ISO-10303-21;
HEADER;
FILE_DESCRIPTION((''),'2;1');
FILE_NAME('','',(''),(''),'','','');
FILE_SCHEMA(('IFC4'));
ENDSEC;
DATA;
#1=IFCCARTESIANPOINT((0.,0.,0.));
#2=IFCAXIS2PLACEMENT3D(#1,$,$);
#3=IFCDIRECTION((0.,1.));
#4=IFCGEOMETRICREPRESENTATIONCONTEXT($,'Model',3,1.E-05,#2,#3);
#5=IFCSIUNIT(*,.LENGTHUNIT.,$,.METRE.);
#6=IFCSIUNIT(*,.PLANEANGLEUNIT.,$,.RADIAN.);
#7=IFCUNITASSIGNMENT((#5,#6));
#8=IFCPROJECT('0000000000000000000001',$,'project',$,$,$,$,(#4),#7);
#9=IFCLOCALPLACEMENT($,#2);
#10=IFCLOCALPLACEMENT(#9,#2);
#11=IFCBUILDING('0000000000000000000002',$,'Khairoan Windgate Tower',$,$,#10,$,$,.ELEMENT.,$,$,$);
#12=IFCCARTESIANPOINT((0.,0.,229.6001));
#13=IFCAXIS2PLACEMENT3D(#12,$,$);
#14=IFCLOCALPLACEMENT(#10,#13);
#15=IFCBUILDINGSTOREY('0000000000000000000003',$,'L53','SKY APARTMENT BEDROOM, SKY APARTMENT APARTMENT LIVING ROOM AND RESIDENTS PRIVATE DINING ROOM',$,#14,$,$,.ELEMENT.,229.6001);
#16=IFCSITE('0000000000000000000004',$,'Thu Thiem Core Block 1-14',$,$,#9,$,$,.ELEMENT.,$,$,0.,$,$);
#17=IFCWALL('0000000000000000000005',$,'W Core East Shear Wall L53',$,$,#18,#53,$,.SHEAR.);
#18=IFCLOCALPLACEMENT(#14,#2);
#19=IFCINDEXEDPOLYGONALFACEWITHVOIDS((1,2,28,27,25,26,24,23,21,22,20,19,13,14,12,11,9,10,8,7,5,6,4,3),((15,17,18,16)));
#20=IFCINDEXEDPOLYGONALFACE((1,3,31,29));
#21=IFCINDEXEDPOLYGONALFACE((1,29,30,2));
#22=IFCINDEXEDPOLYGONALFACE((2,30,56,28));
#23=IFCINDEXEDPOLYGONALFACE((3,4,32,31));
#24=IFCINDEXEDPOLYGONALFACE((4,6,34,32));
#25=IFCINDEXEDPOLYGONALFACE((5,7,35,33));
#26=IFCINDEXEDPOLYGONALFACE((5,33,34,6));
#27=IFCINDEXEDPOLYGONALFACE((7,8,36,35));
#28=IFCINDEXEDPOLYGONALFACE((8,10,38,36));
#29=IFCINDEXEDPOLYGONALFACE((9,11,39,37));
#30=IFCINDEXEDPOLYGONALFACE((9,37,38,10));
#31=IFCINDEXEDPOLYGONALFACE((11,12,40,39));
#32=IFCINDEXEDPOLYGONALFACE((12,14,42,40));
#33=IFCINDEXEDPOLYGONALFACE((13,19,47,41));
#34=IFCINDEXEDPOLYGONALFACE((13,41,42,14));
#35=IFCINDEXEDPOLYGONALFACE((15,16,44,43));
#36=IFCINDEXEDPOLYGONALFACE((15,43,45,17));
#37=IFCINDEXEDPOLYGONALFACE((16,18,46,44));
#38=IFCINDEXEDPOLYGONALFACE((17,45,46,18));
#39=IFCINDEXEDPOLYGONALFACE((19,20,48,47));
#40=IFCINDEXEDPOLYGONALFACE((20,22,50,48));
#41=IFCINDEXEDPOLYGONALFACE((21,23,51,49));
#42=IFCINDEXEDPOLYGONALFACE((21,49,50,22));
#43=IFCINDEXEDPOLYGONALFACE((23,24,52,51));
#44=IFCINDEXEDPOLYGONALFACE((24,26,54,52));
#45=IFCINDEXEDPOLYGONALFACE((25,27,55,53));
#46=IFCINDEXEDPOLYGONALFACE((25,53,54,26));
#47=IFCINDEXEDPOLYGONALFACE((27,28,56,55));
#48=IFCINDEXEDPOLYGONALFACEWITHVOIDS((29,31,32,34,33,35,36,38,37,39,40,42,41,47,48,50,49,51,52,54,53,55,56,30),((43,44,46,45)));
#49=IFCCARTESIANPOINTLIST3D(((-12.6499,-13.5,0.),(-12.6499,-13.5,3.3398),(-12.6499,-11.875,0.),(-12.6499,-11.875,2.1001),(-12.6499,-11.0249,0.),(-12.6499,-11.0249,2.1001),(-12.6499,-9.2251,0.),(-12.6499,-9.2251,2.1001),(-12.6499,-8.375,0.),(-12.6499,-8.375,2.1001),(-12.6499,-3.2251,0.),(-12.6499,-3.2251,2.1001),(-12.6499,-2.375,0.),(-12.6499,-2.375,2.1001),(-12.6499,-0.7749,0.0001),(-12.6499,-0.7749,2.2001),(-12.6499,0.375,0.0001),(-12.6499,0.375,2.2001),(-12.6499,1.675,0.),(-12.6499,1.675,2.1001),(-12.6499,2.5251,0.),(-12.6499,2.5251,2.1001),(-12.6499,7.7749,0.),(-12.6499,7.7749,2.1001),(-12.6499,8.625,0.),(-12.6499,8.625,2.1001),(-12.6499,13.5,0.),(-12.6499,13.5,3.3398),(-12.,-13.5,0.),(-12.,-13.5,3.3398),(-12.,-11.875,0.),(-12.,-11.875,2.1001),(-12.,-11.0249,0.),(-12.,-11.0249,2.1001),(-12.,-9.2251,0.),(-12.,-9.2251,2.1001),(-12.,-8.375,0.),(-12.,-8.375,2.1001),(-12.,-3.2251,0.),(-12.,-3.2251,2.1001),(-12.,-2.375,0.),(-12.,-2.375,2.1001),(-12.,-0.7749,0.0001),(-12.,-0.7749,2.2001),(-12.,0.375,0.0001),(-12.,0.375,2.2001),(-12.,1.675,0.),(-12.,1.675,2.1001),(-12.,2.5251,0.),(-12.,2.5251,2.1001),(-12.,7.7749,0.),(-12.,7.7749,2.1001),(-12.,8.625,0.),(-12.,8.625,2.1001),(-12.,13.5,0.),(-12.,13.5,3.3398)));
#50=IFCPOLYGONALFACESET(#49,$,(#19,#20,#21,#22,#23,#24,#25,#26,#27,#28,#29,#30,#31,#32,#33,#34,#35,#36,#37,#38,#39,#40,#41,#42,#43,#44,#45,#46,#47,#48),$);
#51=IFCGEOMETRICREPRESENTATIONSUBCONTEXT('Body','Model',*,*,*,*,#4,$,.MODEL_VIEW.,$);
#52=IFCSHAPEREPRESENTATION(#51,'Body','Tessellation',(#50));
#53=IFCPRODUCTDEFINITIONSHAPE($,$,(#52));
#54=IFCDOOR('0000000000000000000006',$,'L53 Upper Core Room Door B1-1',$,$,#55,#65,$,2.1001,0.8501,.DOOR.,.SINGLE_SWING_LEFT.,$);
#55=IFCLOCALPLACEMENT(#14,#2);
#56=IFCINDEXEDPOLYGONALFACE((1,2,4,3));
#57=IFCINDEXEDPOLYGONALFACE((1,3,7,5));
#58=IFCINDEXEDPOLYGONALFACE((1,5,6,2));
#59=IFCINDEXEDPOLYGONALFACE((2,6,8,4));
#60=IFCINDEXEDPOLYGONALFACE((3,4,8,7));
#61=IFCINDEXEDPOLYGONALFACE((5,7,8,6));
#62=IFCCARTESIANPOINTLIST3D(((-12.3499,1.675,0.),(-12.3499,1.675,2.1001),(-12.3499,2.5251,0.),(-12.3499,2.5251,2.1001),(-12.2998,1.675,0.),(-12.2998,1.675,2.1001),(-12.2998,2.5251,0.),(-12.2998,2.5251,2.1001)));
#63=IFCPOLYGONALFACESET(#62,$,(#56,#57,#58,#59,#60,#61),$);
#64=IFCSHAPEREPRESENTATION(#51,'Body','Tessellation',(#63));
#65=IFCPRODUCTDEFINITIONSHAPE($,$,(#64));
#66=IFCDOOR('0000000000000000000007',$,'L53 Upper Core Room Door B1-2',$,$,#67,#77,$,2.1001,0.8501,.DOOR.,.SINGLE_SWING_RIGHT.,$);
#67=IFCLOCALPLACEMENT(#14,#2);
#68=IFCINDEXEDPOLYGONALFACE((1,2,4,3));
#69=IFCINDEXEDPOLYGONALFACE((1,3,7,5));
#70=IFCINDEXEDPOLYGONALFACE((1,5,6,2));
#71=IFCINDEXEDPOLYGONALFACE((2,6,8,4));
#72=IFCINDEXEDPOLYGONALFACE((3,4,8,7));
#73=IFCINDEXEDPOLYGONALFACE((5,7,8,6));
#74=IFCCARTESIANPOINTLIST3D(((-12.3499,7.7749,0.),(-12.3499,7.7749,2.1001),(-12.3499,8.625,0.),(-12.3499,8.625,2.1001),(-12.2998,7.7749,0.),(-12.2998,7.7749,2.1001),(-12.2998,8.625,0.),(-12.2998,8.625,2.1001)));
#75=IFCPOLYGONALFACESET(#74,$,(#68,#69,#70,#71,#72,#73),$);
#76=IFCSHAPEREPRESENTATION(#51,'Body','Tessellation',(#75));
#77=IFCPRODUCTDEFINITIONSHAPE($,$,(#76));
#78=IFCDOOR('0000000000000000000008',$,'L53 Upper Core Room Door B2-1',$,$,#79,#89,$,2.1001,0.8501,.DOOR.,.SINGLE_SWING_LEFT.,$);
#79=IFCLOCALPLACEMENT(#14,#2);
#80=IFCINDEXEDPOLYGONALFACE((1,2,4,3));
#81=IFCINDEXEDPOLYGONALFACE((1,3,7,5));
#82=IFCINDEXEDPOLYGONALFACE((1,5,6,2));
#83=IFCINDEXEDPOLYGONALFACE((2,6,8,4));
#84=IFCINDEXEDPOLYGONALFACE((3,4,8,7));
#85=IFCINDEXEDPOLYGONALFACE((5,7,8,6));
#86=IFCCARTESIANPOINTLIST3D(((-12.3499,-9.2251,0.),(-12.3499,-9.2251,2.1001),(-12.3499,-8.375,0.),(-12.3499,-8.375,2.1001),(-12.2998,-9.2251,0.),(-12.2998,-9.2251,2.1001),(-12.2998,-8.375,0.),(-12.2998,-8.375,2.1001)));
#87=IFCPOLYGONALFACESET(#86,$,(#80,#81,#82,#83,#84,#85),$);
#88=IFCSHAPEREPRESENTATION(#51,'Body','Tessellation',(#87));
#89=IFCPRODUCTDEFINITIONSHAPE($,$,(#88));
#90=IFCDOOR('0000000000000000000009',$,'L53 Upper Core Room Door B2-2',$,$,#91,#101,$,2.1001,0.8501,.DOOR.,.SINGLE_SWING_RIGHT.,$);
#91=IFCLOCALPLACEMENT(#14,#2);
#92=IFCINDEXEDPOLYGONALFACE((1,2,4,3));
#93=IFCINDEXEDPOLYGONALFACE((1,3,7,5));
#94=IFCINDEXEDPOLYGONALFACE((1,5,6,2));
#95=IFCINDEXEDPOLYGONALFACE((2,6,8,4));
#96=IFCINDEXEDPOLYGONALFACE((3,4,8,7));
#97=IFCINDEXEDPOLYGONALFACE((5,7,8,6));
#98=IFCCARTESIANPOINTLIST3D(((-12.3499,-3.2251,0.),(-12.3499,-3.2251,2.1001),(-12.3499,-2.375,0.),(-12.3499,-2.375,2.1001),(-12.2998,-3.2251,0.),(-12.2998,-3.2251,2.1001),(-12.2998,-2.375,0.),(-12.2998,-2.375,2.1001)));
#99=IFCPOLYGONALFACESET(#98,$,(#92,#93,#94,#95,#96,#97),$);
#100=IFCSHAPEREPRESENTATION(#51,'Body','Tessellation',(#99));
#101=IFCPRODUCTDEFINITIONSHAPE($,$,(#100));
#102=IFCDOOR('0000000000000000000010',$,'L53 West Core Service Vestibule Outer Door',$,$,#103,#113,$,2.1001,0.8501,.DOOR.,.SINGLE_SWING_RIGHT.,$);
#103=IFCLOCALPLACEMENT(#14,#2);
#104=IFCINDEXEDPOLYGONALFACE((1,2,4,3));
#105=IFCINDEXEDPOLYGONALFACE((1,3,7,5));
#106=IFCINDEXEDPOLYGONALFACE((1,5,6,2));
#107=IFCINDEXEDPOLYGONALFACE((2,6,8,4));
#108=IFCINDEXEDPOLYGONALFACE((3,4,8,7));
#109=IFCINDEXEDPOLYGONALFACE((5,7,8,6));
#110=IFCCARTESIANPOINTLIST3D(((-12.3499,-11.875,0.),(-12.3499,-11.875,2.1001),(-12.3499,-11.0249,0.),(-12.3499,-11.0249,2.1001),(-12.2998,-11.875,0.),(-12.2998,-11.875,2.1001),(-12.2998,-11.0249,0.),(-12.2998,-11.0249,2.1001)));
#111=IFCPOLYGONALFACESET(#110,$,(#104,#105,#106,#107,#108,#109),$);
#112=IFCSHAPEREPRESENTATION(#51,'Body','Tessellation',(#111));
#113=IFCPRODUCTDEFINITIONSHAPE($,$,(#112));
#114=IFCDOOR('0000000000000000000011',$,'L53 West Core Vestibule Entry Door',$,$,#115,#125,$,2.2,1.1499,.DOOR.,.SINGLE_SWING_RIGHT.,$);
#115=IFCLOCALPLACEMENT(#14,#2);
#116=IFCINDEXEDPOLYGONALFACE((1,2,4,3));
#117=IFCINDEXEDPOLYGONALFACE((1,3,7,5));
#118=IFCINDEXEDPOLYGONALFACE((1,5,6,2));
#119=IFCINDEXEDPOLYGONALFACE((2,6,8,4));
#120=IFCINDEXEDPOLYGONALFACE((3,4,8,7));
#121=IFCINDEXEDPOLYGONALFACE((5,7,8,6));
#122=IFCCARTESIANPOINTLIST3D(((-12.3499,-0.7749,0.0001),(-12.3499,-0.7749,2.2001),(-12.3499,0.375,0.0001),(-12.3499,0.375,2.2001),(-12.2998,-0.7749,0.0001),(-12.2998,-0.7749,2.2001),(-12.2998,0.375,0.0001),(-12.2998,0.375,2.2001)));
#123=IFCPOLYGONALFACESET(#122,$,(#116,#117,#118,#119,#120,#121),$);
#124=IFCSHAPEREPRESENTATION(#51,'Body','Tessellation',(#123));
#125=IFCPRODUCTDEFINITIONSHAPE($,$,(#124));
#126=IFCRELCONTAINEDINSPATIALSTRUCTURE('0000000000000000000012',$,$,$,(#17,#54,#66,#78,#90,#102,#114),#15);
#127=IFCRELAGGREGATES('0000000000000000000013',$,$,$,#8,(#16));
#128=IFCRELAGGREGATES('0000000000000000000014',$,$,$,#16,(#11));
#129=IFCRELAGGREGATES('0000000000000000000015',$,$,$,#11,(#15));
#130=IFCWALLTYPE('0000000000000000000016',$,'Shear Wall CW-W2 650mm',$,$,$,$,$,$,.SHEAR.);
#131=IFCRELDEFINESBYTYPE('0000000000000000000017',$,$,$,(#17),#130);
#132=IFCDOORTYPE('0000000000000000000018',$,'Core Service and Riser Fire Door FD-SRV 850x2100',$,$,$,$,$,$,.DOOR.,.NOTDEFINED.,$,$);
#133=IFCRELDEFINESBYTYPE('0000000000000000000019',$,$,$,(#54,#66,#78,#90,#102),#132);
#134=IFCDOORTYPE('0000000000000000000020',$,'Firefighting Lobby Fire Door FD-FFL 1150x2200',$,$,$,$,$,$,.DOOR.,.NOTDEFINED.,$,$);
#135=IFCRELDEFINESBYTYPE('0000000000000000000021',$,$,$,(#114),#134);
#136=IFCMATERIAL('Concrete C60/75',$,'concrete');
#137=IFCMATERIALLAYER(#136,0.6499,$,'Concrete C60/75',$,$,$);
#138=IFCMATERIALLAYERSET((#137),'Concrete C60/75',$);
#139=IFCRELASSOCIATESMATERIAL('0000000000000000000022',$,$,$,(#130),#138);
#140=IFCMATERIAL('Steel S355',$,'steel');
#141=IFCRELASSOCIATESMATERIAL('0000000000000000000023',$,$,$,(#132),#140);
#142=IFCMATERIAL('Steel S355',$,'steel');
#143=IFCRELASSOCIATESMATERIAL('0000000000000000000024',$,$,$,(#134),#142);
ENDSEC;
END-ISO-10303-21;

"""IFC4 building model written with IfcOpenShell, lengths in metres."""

from ifc_helpers import new_model, si_unit, direction, frame, frame_2d, origin, place, context, subcontext, project, spatial, rectangle, extrude, material, layer, layer_set, type_object, element, fill, save


model = new_model("IFC4")

# Units and contexts
model_context = context("Model", 3, precision=1e-05, world=origin(), true_north=direction((0.0, 1.0)))
body_context = subcontext(model_context, "Body", "Model", "MODEL_VIEW")
ifc_project = project(units=[si_unit("LENGTHUNIT", "METRE"), si_unit("PLANEANGLEUNIT", "RADIAN")], contexts=[model_context])

# Site, building, storey
site_placement = place(None, origin())
site = spatial("IfcSite", under=ifc_project, at=site_placement, Name="Thu Thiem Core Block 1-14", CompositionType="ELEMENT", RefElevation=0.0)
building_placement = place(site_placement, origin())
building = spatial("IfcBuilding", under=site, at=building_placement, Name="Khairoan Windgate Tower", CompositionType="ELEMENT")
storey_placement = place(building_placement, frame((0.0, 0.0, 229.6001)))
storey = spatial("IfcBuildingStorey", under=building, at=storey_placement, Name="L53", Description="SKY APARTMENT BEDROOM, SKY APARTMENT APARTMENT LIVING ROOM AND RESIDENTS PRIVATE DINING ROOM", CompositionType="ELEMENT", Elevation=229.6001)

# Wall, openings, doors
ifc_material_1 = material(Name="Concrete C60/75", Category="concrete")
ifc_layer_1 = layer(ifc_material_1, 0.6499, Name="Concrete C60/75")
ifc_layer_set_1 = layer_set([ifc_layer_1], Name="Concrete C60/75")
wall_type_1 = type_object("IfcWallType", Name="Shear Wall CW-W2 650mm", PredefinedType="SHEAR", material=ifc_layer_set_1)
wall_1_placement = place(storey_placement, frame((-12.325, -13.5, 0.0), z_axis=(0.0, 0.0, 1.0), x_axis=(0.0, 1.0, 0.0)))
wall_1 = element("IfcWall", 1, at=wall_1_placement, inside=storey, type_object=wall_type_1, Name="W Core East Shear Wall L53", PredefinedType="SHEAR", context=body_context, shape_type="SweptSolid", body=[
    extrude(rectangle(XDim=27.0, YDim=0.6499, at=frame_2d((13.5, 0.0))), origin(), (0.0, 0.0, 1.0), 3.3398),
])
opening_1_placement = place(wall_1_placement, frame((15.175, 0.0, 0.0)))
opening_1 = element("IfcOpeningElement", 2, at=opening_1_placement, cuts=wall_1, PredefinedType="OPENING", context=body_context, shape_type="SweptSolid", body=[
    extrude(rectangle(XDim=0.8501, YDim=2.1001, at=frame_2d((0.425, 1.05))), frame((0.0, 0.335, 0.0), z_axis=(0.0, -1.0, 0.0), x_axis=(1.0, 0.0, 0.0)), (0.0, 0.0, 1.0), 0.6699),
])
opening_2_placement = place(wall_1_placement, frame((21.2749, 0.0, 0.0)))
opening_2 = element("IfcOpeningElement", 3, at=opening_2_placement, cuts=wall_1, PredefinedType="OPENING", context=body_context, shape_type="SweptSolid", body=[
    extrude(rectangle(XDim=0.8501, YDim=2.1001, at=frame_2d((0.425, 1.05))), frame((0.0, 0.335, 0.0), z_axis=(0.0, -1.0, 0.0), x_axis=(1.0, 0.0, 0.0)), (0.0, 0.0, 1.0), 0.6699),
])
opening_3_placement = place(wall_1_placement, frame((4.2749, 0.0, 0.0)))
opening_3 = element("IfcOpeningElement", 4, at=opening_3_placement, cuts=wall_1, PredefinedType="OPENING", context=body_context, shape_type="SweptSolid", body=[
    extrude(rectangle(XDim=0.8501, YDim=2.1001, at=frame_2d((0.425, 1.05))), frame((0.0, 0.335, 0.0), z_axis=(0.0, -1.0, 0.0), x_axis=(1.0, 0.0, 0.0)), (0.0, 0.0, 1.0), 0.6699),
])
opening_4_placement = place(wall_1_placement, frame((10.2749, 0.0, 0.0)))
opening_4 = element("IfcOpeningElement", 5, at=opening_4_placement, cuts=wall_1, PredefinedType="OPENING", context=body_context, shape_type="SweptSolid", body=[
    extrude(rectangle(XDim=0.8501, YDim=2.1001, at=frame_2d((0.425, 1.05))), frame((0.0, 0.335, 0.0), z_axis=(0.0, -1.0, 0.0), x_axis=(1.0, 0.0, 0.0)), (0.0, 0.0, 1.0), 0.6699),
])
opening_5_placement = place(wall_1_placement, frame((12.7251, 0.0, 0.0)))
opening_5 = element("IfcOpeningElement", 6, at=opening_5_placement, cuts=wall_1, PredefinedType="OPENING", context=body_context, shape_type="SweptSolid", body=[
    extrude(rectangle(XDim=1.1499, YDim=2.2, at=frame_2d((0.575, 1.1001))), frame((0.0, 0.335, 0.0), z_axis=(0.0, -1.0, 0.0), x_axis=(1.0, 0.0, 0.0)), (0.0, 0.0, 1.0), 0.6699),
])
opening_6_placement = place(wall_1_placement, frame((1.625, 0.0, 0.0)))
opening_6 = element("IfcOpeningElement", 7, at=opening_6_placement, cuts=wall_1, PredefinedType="OPENING", context=body_context, shape_type="SweptSolid", body=[
    extrude(rectangle(XDim=0.8501, YDim=2.1001, at=frame_2d((0.425, 1.05))), frame((0.0, 0.335, 0.0), z_axis=(0.0, -1.0, 0.0), x_axis=(1.0, 0.0, 0.0)), (0.0, 0.0, 1.0), 0.6699),
])
ifc_material_2 = material(Name="Steel S355", Category="steel")
door_type_1 = type_object("IfcDoorType", Name="Core Service and Riser Fire Door FD-SRV 850x2100", OperationType="NOTDEFINED", PredefinedType="DOOR", material=ifc_material_2)
door_1_placement = place(opening_1_placement, origin())
door_1 = element("IfcDoor", 8, at=door_1_placement, inside=storey, type_object=door_type_1, Name="L53 Upper Core Room Door B1-1", OperationType="SINGLE_SWING_LEFT", OverallHeight=2.1001, OverallWidth=0.8501, PredefinedType="DOOR", context=body_context, shape_type="SweptSolid", body=[
    extrude(rectangle(XDim=0.8501, YDim=2.1001, at=frame_2d((0.425, 1.05))), frame((0.0, 0.0249, 0.0), z_axis=(0.0, -1.0, 0.0), x_axis=(1.0, 0.0, 0.0)), (0.0, 0.0, 1.0), 0.05),
])
fill(opening_1, door_1)
door_2_placement = place(opening_2_placement, origin())
door_2 = element("IfcDoor", 9, at=door_2_placement, inside=storey, type_object=door_type_1, Name="L53 Upper Core Room Door B1-2", OperationType="SINGLE_SWING_RIGHT", OverallHeight=2.1001, OverallWidth=0.8501, PredefinedType="DOOR", context=body_context, shape_type="SweptSolid", body=[
    extrude(rectangle(XDim=0.8501, YDim=2.1001, at=frame_2d((0.425, 1.05))), frame((0.0, 0.0249, 0.0), z_axis=(0.0, -1.0, 0.0), x_axis=(1.0, 0.0, 0.0)), (0.0, 0.0, 1.0), 0.05),
])
fill(opening_2, door_2)
door_3_placement = place(opening_3_placement, origin())
door_3 = element("IfcDoor", 10, at=door_3_placement, inside=storey, type_object=door_type_1, Name="L53 Upper Core Room Door B2-1", OperationType="SINGLE_SWING_LEFT", OverallHeight=2.1001, OverallWidth=0.8501, PredefinedType="DOOR", context=body_context, shape_type="SweptSolid", body=[
    extrude(rectangle(XDim=0.8501, YDim=2.1001, at=frame_2d((0.425, 1.05))), frame((0.0, 0.0249, 0.0), z_axis=(0.0, -1.0, 0.0), x_axis=(1.0, 0.0, 0.0)), (0.0, 0.0, 1.0), 0.05),
])
fill(opening_3, door_3)
door_4_placement = place(opening_4_placement, origin())
door_4 = element("IfcDoor", 11, at=door_4_placement, inside=storey, type_object=door_type_1, Name="L53 Upper Core Room Door B2-2", OperationType="SINGLE_SWING_RIGHT", OverallHeight=2.1001, OverallWidth=0.8501, PredefinedType="DOOR", context=body_context, shape_type="SweptSolid", body=[
    extrude(rectangle(XDim=0.8501, YDim=2.1001, at=frame_2d((0.425, 1.05))), frame((0.0, 0.0249, 0.0), z_axis=(0.0, -1.0, 0.0), x_axis=(1.0, 0.0, 0.0)), (0.0, 0.0, 1.0), 0.05),
])
fill(opening_4, door_4)
door_5_placement = place(opening_6_placement, origin())
door_5 = element("IfcDoor", 12, at=door_5_placement, inside=storey, type_object=door_type_1, Name="L53 West Core Service Vestibule Outer Door", OperationType="SINGLE_SWING_RIGHT", OverallHeight=2.1001, OverallWidth=0.8501, PredefinedType="DOOR", context=body_context, shape_type="SweptSolid", body=[
    extrude(rectangle(XDim=0.8501, YDim=2.1001, at=frame_2d((0.425, 1.05))), frame((0.0, 0.0249, 0.0), z_axis=(0.0, -1.0, 0.0), x_axis=(1.0, 0.0, 0.0)), (0.0, 0.0, 1.0), 0.05),
])
fill(opening_6, door_5)
ifc_material_3 = material(Name="Steel S355", Category="steel")
door_type_2 = type_object("IfcDoorType", Name="Firefighting Lobby Fire Door FD-FFL 1150x2200", OperationType="NOTDEFINED", PredefinedType="DOOR", material=ifc_material_3)
door_6_placement = place(opening_5_placement, origin())
door_6 = element("IfcDoor", 13, at=door_6_placement, inside=storey, type_object=door_type_2, Name="L53 West Core Vestibule Entry Door", OperationType="SINGLE_SWING_RIGHT", OverallHeight=2.2, OverallWidth=1.1499, PredefinedType="DOOR", context=body_context, shape_type="SweptSolid", body=[
    extrude(rectangle(XDim=1.1499, YDim=2.2, at=frame_2d((0.575, 1.1001))), frame((0.0, 0.0249, 0.0), z_axis=(0.0, -1.0, 0.0), x_axis=(1.0, 0.0, 0.0)), (0.0, 0.0, 1.0), 0.05),
])
fill(opening_5, door_6)

save(model, "model.ifc")
